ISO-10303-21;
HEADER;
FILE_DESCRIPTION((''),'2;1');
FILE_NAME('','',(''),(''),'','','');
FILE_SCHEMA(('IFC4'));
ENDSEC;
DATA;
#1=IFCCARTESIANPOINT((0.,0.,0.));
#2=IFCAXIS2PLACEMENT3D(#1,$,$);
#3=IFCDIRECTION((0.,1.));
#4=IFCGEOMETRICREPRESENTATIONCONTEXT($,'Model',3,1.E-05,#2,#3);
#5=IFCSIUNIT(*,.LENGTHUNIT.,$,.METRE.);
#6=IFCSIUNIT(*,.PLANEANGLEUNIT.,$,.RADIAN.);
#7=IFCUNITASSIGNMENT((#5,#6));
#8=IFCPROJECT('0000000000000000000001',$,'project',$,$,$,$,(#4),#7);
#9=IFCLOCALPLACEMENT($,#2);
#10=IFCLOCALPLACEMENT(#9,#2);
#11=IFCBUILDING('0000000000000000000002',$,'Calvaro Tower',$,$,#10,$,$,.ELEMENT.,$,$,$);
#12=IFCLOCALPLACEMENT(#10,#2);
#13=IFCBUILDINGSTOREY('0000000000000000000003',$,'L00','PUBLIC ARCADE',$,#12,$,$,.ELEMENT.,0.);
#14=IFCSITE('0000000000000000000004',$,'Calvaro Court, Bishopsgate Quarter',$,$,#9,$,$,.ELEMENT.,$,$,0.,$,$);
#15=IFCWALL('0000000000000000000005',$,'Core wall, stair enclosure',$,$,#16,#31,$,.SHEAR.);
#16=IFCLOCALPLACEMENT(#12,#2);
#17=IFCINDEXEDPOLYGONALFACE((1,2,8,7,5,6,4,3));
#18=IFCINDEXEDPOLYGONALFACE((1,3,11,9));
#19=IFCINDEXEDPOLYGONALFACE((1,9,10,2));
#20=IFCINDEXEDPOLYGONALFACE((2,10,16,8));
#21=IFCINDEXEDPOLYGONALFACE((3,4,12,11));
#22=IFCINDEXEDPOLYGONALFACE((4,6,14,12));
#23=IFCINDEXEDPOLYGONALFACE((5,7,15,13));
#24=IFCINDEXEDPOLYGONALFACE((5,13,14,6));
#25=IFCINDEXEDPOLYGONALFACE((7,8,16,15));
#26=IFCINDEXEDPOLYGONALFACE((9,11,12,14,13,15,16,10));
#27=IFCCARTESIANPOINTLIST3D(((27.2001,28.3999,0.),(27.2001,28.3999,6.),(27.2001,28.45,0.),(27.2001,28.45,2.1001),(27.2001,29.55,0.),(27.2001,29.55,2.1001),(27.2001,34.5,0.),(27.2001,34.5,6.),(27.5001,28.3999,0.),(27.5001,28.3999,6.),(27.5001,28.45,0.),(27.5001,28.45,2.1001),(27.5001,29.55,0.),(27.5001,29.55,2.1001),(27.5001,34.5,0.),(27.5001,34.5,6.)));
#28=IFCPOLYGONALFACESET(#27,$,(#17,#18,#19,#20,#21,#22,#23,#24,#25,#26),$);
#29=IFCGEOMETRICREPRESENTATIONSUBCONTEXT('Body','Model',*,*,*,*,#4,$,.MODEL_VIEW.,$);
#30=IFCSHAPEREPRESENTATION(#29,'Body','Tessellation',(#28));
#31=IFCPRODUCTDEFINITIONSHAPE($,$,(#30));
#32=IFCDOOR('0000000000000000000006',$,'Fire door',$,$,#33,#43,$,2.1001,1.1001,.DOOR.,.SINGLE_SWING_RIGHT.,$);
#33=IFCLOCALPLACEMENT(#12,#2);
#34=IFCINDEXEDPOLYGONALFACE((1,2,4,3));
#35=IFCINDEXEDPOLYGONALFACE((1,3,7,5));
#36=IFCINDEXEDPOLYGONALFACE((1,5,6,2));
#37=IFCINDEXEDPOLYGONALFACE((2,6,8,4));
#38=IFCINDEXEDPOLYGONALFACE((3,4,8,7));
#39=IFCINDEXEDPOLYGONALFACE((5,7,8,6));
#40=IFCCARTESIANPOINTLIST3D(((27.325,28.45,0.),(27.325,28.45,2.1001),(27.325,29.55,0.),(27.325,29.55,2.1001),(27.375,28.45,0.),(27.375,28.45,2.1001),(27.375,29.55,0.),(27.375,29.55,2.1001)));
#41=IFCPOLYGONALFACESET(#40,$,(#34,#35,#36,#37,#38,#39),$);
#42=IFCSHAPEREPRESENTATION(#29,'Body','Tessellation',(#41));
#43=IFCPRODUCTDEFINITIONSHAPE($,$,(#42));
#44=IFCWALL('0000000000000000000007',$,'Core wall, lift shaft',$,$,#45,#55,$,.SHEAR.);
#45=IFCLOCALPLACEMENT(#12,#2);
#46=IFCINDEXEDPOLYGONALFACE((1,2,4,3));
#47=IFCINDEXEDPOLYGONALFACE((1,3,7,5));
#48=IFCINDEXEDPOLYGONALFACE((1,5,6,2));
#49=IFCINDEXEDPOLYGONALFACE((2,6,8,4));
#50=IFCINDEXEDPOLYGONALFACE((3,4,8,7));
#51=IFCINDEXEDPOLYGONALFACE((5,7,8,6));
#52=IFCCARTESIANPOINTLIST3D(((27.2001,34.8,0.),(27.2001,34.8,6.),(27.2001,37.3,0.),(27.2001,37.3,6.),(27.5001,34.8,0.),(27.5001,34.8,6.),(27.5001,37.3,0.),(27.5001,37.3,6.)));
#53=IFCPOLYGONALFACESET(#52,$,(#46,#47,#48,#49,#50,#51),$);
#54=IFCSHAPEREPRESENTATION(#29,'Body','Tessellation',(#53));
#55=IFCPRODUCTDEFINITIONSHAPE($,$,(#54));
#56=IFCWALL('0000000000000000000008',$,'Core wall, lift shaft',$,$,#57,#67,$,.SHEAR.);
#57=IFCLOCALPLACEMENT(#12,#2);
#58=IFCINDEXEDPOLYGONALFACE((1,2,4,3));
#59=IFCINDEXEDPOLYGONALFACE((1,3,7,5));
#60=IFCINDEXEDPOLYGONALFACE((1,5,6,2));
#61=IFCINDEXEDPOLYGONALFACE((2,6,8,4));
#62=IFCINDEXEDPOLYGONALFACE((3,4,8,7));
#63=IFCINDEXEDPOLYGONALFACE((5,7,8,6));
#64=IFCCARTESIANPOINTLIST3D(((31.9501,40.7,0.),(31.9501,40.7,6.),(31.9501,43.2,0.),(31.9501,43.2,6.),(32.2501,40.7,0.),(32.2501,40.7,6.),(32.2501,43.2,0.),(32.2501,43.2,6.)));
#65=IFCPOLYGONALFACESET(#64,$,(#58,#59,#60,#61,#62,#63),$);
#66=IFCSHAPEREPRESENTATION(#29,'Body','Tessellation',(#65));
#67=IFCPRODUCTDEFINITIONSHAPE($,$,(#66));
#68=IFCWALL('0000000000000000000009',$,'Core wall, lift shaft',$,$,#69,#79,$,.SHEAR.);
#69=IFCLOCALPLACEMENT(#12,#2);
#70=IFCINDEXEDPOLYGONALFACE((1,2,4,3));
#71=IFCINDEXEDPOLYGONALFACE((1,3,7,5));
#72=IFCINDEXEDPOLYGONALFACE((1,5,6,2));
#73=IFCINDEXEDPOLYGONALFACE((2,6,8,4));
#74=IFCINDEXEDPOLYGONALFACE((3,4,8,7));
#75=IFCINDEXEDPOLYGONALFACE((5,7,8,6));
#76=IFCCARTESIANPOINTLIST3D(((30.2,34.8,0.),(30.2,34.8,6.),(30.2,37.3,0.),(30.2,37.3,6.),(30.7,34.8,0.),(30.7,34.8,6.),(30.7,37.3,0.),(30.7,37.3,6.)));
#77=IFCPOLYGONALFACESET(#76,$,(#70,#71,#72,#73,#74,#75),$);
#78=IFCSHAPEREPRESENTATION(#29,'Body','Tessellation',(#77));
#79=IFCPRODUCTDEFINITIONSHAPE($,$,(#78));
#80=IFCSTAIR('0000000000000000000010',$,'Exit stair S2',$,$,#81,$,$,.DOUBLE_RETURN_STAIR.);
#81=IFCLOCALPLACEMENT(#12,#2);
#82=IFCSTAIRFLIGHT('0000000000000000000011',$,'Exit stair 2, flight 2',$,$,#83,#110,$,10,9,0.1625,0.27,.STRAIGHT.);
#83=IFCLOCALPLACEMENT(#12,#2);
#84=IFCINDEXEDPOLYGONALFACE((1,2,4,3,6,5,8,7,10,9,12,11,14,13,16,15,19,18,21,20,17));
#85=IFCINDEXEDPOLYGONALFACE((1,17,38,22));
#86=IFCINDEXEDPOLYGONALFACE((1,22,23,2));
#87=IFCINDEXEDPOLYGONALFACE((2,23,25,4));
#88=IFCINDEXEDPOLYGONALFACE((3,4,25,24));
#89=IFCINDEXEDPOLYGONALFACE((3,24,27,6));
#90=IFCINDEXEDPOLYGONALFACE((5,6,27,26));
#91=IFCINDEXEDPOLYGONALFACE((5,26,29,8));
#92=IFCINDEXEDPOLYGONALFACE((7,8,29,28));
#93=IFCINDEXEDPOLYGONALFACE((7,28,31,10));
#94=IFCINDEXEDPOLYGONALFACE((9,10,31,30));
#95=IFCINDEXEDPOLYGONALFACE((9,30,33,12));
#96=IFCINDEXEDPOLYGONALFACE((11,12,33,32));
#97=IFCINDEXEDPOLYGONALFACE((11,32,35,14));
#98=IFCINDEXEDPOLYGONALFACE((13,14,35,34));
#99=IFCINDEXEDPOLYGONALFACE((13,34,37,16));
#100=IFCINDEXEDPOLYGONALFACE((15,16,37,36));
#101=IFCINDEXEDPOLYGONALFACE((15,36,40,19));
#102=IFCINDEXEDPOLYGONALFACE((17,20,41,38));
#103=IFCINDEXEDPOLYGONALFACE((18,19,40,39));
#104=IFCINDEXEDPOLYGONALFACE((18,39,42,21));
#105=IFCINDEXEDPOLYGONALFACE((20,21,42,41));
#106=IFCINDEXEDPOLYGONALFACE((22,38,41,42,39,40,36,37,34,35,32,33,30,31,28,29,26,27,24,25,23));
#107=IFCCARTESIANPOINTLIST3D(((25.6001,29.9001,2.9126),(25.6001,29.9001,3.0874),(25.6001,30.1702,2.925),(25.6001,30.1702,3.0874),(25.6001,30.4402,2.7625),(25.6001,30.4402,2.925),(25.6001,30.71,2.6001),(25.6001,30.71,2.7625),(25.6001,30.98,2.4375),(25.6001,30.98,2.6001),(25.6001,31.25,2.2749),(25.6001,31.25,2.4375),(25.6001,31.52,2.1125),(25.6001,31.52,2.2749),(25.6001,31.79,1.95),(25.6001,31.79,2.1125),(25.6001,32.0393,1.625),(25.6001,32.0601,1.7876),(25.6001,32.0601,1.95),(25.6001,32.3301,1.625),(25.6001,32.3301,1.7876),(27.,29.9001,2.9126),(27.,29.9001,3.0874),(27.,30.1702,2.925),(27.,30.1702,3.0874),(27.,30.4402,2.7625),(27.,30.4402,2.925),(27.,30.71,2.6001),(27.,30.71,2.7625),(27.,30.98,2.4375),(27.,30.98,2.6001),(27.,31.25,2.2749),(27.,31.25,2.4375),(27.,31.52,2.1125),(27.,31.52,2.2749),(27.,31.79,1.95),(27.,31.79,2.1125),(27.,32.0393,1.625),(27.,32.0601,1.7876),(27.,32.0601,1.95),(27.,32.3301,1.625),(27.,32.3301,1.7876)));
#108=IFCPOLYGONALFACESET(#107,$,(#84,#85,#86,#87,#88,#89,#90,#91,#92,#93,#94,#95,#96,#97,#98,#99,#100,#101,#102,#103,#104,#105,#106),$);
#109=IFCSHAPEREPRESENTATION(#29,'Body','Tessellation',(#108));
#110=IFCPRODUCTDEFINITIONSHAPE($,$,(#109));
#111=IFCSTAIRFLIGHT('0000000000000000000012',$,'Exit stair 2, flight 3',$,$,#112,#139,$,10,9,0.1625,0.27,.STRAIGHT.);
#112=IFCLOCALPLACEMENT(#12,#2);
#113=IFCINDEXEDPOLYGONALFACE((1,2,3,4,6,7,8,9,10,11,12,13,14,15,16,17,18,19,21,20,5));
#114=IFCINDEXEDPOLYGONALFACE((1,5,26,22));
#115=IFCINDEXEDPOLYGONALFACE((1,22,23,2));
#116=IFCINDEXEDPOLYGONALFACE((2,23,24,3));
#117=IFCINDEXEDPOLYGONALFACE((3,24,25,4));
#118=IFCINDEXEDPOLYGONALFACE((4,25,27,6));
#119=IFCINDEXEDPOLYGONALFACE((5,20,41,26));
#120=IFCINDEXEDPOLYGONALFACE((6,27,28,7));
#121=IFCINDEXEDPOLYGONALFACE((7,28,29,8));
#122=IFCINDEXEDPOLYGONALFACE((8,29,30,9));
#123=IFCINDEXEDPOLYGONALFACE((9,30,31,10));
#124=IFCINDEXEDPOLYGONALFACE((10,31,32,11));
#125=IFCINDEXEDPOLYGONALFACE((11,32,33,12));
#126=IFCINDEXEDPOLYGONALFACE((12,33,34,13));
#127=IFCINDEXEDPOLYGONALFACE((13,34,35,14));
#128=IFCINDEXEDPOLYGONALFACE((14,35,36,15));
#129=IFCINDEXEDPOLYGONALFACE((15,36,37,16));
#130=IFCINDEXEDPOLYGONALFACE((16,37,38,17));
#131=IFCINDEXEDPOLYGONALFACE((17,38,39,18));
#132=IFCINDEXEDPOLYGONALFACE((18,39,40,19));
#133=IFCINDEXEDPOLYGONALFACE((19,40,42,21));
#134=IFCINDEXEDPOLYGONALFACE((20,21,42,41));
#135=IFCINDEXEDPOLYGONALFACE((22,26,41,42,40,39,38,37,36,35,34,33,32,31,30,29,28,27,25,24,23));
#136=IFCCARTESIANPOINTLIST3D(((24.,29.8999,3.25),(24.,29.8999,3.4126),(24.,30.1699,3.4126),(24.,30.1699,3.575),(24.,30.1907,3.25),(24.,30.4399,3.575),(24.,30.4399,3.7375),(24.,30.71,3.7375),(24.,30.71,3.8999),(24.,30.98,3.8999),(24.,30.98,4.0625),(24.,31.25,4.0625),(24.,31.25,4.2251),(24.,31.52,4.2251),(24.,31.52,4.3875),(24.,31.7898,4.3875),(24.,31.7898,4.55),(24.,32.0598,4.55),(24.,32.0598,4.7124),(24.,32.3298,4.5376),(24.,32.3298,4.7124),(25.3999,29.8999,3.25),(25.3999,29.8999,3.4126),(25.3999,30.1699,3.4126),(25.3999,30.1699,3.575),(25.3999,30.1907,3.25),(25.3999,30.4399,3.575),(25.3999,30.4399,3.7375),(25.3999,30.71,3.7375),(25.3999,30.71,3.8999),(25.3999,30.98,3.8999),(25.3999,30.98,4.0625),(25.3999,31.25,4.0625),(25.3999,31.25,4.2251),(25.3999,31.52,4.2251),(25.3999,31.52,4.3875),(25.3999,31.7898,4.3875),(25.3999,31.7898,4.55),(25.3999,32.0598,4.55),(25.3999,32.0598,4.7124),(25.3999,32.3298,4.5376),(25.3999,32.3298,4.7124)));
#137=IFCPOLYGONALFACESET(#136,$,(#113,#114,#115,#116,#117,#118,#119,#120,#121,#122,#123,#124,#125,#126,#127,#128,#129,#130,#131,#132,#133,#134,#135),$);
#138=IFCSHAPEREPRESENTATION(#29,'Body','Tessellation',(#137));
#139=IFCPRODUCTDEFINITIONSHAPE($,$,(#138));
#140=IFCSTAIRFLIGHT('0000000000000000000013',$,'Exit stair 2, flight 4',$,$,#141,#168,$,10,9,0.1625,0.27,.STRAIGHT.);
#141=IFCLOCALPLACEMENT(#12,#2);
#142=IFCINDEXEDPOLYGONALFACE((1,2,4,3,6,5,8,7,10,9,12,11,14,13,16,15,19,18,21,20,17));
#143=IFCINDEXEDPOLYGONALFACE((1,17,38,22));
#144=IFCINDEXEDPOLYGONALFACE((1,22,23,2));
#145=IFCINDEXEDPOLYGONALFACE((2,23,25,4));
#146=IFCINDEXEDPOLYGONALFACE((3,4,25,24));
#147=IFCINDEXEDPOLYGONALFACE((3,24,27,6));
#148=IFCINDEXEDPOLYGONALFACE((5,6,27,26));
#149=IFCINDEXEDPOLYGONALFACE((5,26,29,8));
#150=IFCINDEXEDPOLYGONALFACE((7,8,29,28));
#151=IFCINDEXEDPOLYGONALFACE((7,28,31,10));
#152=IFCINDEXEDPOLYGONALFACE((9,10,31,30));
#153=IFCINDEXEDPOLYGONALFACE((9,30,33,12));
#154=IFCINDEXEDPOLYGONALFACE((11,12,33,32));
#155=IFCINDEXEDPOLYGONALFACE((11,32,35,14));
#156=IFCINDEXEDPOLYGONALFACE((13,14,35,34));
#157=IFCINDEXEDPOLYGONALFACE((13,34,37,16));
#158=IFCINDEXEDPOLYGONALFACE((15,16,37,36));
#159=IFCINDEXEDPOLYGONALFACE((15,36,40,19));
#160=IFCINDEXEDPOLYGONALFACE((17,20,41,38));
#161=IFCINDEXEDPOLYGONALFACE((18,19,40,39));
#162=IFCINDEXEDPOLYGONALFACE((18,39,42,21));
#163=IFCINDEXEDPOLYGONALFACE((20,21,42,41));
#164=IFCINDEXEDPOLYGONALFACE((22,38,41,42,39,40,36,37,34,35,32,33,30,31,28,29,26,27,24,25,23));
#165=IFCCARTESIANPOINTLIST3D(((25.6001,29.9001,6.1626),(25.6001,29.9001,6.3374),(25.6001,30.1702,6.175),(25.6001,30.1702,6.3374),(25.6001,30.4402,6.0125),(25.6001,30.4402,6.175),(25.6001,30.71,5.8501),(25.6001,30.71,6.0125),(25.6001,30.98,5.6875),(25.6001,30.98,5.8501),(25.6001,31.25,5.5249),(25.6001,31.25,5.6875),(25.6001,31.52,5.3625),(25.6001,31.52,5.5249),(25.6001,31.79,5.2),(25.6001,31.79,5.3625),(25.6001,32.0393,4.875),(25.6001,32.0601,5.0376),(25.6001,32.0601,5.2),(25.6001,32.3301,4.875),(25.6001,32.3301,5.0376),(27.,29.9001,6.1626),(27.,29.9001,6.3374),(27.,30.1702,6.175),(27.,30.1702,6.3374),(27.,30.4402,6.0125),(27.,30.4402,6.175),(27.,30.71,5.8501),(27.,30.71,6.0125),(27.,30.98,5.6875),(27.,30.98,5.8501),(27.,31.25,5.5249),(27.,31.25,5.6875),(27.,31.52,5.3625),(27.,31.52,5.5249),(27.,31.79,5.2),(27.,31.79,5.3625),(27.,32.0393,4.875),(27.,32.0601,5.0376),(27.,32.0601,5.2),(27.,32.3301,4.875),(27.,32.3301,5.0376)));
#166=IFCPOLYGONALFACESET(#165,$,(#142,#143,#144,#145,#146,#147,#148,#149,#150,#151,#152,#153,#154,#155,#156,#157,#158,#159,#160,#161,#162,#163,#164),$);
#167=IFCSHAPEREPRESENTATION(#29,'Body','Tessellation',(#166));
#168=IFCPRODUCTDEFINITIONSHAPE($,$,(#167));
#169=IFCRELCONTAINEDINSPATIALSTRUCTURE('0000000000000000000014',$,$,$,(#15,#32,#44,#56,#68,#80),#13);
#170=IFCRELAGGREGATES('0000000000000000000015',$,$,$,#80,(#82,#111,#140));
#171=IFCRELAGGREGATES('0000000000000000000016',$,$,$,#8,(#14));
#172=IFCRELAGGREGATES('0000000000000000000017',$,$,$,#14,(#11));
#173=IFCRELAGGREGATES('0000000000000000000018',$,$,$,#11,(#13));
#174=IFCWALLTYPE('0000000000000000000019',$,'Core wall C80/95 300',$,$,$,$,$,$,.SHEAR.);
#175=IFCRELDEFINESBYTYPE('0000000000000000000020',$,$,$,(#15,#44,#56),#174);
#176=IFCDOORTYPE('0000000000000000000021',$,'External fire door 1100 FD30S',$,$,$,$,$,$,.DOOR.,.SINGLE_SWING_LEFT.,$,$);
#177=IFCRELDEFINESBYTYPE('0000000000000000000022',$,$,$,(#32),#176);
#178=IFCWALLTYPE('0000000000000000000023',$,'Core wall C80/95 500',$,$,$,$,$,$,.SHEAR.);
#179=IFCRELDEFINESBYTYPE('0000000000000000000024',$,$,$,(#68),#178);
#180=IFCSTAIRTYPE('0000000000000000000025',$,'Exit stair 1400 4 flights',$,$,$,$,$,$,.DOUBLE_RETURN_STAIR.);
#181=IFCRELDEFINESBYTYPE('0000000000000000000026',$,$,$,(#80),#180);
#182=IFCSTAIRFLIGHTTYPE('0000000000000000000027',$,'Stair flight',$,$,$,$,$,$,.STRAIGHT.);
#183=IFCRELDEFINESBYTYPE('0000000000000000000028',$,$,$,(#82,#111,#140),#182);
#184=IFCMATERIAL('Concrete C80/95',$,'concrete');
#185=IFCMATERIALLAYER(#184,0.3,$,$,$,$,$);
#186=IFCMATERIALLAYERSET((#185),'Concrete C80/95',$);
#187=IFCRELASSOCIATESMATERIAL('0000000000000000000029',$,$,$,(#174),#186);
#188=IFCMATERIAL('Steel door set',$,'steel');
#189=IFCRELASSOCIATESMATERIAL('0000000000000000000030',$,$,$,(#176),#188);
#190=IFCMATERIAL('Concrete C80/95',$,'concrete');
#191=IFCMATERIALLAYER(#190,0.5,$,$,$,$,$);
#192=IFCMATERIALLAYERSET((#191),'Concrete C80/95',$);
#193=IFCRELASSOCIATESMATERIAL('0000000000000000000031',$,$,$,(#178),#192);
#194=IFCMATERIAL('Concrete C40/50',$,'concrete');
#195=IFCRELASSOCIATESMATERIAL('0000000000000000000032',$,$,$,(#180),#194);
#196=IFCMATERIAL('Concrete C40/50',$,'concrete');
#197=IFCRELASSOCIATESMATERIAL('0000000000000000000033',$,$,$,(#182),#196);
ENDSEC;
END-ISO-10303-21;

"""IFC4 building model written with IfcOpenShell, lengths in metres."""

from ifc_helpers import new_model, si_unit, direction, frame, frame_2d, origin, place, context, subcontext, project, spatial, polyline, rectangle, outline, extrude, material, layer, layer_set, type_object, element, fill, aggregate, save


model = new_model("IFC4")

# Units and contexts
model_context = context("Model", 3, precision=1e-05, world=origin(), true_north=direction((0.0, 1.0)))
body_context = subcontext(model_context, "Body", "Model", "MODEL_VIEW")
ifc_project = project(units=[si_unit("LENGTHUNIT", "METRE"), si_unit("PLANEANGLEUNIT", "RADIAN")], contexts=[model_context])

# Site, building, storey
site_placement = place(None, origin())
site = spatial("IfcSite", under=ifc_project, at=site_placement, Name="Calvaro Court, Bishopsgate Quarter", CompositionType="ELEMENT", RefElevation=0.0)
building_placement = place(site_placement, origin())
building = spatial("IfcBuilding", under=site, at=building_placement, Name="Calvaro Tower", CompositionType="ELEMENT")
storey_placement = place(building_placement, origin())
storey = spatial("IfcBuildingStorey", under=building, at=storey_placement, Name="L00", Description="PUBLIC ARCADE", CompositionType="ELEMENT", Elevation=0.0)

# Wall, opening, door
ifc_material_1 = material(Name="Concrete C80/95", Category="concrete")
ifc_layer_1 = layer(ifc_material_1, 0.3)
ifc_layer_set_1 = layer_set([ifc_layer_1], Name="Concrete C80/95")
wall_type_1 = type_object("IfcWallType", Name="Core wall C80/95 300", PredefinedType="SHEAR", material=ifc_layer_set_1)
wall_1_placement = place(storey_placement, frame((27.3501, 34.5, 0.0), z_axis=(0.0, 0.0, 1.0), x_axis=(0.0, -1.0, 0.0)))
wall_1 = element("IfcWall", 1, at=wall_1_placement, inside=storey, type_object=wall_type_1, Name="Core wall, stair enclosure", PredefinedType="SHEAR", context=body_context, shape_type="SweptSolid", body=[
    extrude(rectangle(XDim=6.1001, YDim=0.3, at=frame_2d((3.05, 0.0))), origin(), (0.0, 0.0, 1.0), 6.0),
])
opening_placement = place(wall_1_placement, frame((4.95, 0.0, 0.0)))
opening = element("IfcOpeningElement", 2, at=opening_placement, cuts=wall_1, PredefinedType="OPENING", context=body_context, shape_type="SweptSolid", body=[
    extrude(rectangle(XDim=1.1001, YDim=2.1001, at=frame_2d((0.55, 1.05))), frame((0.0, 0.1599, 0.0), z_axis=(0.0, -1.0, 0.0), x_axis=(1.0, 0.0, 0.0)), (0.0, 0.0, 1.0), 0.3201),
])
ifc_material_2 = material(Name="Steel door set", Category="steel")
door_type = type_object("IfcDoorType", Name="External fire door 1100 FD30S", OperationType="SINGLE_SWING_LEFT", PredefinedType="DOOR", material=ifc_material_2)
door_placement = place(opening_placement, origin())
door = element("IfcDoor", 3, at=door_placement, inside=storey, type_object=door_type, Name="Fire door", OperationType="SINGLE_SWING_RIGHT", OverallHeight=2.1001, OverallWidth=1.1001, PredefinedType="DOOR", context=body_context, shape_type="SweptSolid", body=[
    extrude(rectangle(XDim=1.1001, YDim=2.1001, at=frame_2d((0.55, 1.05))), frame((0.0, 0.0249, 0.0), z_axis=(0.0, -1.0, 0.0), x_axis=(1.0, 0.0, 0.0)), (0.0, 0.0, 1.0), 0.05),
])
fill(opening, door)

# Walls
for number, where, z_axis, x_axis, name in (
    (4, (27.3501, 34.8, 0.0), (0.0, 0.0, 1.0), (0.0, 1.0, 0.0), "Core wall, lift shaft"),
    (5, (32.1001, 40.7, 0.0), (0.0, 0.0, 1.0), (0.0, 1.0, 0.0), "Core wall, lift shaft"),
):
    element("IfcWall", number, at=place(storey_placement, frame(where, z_axis=z_axis, x_axis=x_axis)), inside=storey, type_object=wall_type_1, Name=name, PredefinedType="SHEAR", context=body_context, shape_type="SweptSolid", body=[
        extrude(rectangle(XDim=2.5, YDim=0.3, at=frame_2d((1.25, 0.0))), origin(), (0.0, 0.0, 1.0), 6.0),
    ])
ifc_material_3 = material(Name="Concrete C80/95", Category="concrete")
ifc_layer_2 = layer(ifc_material_3, 0.5)
ifc_layer_set_2 = layer_set([ifc_layer_2], Name="Concrete C80/95")
wall_type_2 = type_object("IfcWallType", Name="Core wall C80/95 500", PredefinedType="SHEAR", material=ifc_layer_set_2)
wall_2_placement = place(storey_placement, frame((30.45, 34.8, 0.0), z_axis=(0.0, 0.0, 1.0), x_axis=(0.0, 1.0, 0.0)))
element("IfcWall", 6, at=wall_2_placement, inside=storey, type_object=wall_type_2, Name="Core wall, lift shaft", PredefinedType="SHEAR", context=body_context, shape_type="SweptSolid", body=[
    extrude(rectangle(XDim=2.5, YDim=0.5, at=frame_2d((1.25, 0.0))), origin(), (0.0, 0.0, 1.0), 6.0),
])

# Stair, stair flights
ifc_material_4 = material(Name="Concrete C40/50", Category="concrete")
stair_type = type_object("IfcStairType", Name="Exit stair 1400 4 flights", PredefinedType="DOUBLE_RETURN_STAIR", material=ifc_material_4)
stair_placement = place(storey_placement, origin())
stair = element("IfcStair", 7, at=stair_placement, inside=storey, type_object=stair_type, Name="Exit stair S2", PredefinedType="DOUBLE_RETURN_STAIR")
ifc_material_5 = material(Name="Concrete C40/50", Category="concrete")
stair_flight_type = type_object("IfcStairFlightType", Name="Stair flight", PredefinedType="STRAIGHT", material=ifc_material_5)
stair_flight_1_placement = place(storey_placement, frame((26.3, 32.3301, 1.625), z_axis=(0.0, 0.0, 1.0), x_axis=(0.0, -1.0, 0.0)))
stair_flight_1 = element("IfcStairFlight", 8, at=stair_flight_1_placement, type_object=stair_flight_type, Name="Exit stair 2, flight 2", NumberOfRisers=10, NumberOfTreads=9, PredefinedType="STRAIGHT", RiserHeight=0.1625, TreadLength=0.27, context=body_context, shape_type="SweptSolid", body=[
    extrude(outline(polyline([(0.0, 0.0), (0.0, 0.1626), (0.27, 0.1626), (0.27, 0.325), (0.54, 0.325), (0.54, 0.4875), (0.8101, 0.4875), (0.8101, 0.6499), (1.0801, 0.6499), (1.0801, 0.8125), (1.3501, 0.8125), (1.3501, 0.9751), (1.6201, 0.9751), (1.6201, 1.1375), (1.8899, 1.1375), (1.8899, 1.3), (2.1599, 1.3), (2.1599, 1.4624), (2.4299, 1.4624), (2.4299, 1.625), (2.4299, 1.2876), (0.2908, 0.0), (0.0, 0.0)])), frame((0.0, 0.7, 0.0), z_axis=(0.0, -1.0, 0.0), x_axis=(1.0, 0.0, 0.0)), (0.0, 0.0, 1.0), 1.3999),
])
stair_flight_2_placement = place(storey_placement, frame((24.7, 29.8999, 3.25), z_axis=(0.0, 0.0, 1.0), x_axis=(0.0, 1.0, 0.0)))
stair_flight_2 = element("IfcStairFlight", 9, at=stair_flight_2_placement, type_object=stair_flight_type, Name="Exit stair 2, flight 3", NumberOfRisers=10, NumberOfTreads=9, PredefinedType="STRAIGHT", RiserHeight=0.1625, TreadLength=0.27, context=body_context, shape_type="SweptSolid", body=[
    extrude(outline(polyline([(0.0, 0.0), (0.0, 0.1626), (0.27, 0.1626), (0.27, 0.325), (0.54, 0.325), (0.54, 0.4875), (0.8101, 0.4875), (0.8101, 0.6499), (1.0801, 0.6499), (1.0801, 0.8125), (1.3501, 0.8125), (1.3501, 0.9751), (1.6201, 0.9751), (1.6201, 1.1375), (1.8899, 1.1375), (1.8899, 1.3), (2.1599, 1.3), (2.1599, 1.4624), (2.4299, 1.4624), (2.4299, 1.625), (2.4299, 1.2876), (0.2908, 0.0), (0.0, 0.0)])), frame((0.0, 0.7, 0.0), z_axis=(0.0, -1.0, 0.0), x_axis=(1.0, 0.0, 0.0)), (0.0, 0.0, 1.0), 1.3999),
])
stair_flight_3_placement = place(storey_placement, frame((26.3, 32.3301, 4.875), z_axis=(0.0, 0.0, 1.0), x_axis=(0.0, -1.0, 0.0)))
stair_flight_3 = element("IfcStairFlight", 10, at=stair_flight_3_placement, type_object=stair_flight_type, Name="Exit stair 2, flight 4", NumberOfRisers=10, NumberOfTreads=9, PredefinedType="STRAIGHT", RiserHeight=0.1625, TreadLength=0.27, context=body_context, shape_type="SweptSolid", body=[
    extrude(outline(polyline([(0.0, 0.0), (0.0, 0.1626), (0.27, 0.1626), (0.27, 0.325), (0.54, 0.325), (0.54, 0.4875), (0.8101, 0.4875), (0.8101, 0.6499), (1.0801, 0.6499), (1.0801, 0.8125), (1.3501, 0.8125), (1.3501, 0.9751), (1.6201, 0.9751), (1.6201, 1.1375), (1.8899, 1.1375), (1.8899, 1.3), (2.1599, 1.3), (2.1599, 1.4624), (2.4299, 1.4624), (2.4299, 1.625), (2.4299, 1.2876), (0.2908, 0.0), (0.0, 0.0)])), frame((0.0, 0.7, 0.0), z_axis=(0.0, -1.0, 0.0), x_axis=(1.0, 0.0, 0.0)), (0.0, 0.0, 1.0), 1.3999),
])
aggregate(stair, [stair_flight_1, stair_flight_2, stair_flight_3])

save(model, "model.ifc")
